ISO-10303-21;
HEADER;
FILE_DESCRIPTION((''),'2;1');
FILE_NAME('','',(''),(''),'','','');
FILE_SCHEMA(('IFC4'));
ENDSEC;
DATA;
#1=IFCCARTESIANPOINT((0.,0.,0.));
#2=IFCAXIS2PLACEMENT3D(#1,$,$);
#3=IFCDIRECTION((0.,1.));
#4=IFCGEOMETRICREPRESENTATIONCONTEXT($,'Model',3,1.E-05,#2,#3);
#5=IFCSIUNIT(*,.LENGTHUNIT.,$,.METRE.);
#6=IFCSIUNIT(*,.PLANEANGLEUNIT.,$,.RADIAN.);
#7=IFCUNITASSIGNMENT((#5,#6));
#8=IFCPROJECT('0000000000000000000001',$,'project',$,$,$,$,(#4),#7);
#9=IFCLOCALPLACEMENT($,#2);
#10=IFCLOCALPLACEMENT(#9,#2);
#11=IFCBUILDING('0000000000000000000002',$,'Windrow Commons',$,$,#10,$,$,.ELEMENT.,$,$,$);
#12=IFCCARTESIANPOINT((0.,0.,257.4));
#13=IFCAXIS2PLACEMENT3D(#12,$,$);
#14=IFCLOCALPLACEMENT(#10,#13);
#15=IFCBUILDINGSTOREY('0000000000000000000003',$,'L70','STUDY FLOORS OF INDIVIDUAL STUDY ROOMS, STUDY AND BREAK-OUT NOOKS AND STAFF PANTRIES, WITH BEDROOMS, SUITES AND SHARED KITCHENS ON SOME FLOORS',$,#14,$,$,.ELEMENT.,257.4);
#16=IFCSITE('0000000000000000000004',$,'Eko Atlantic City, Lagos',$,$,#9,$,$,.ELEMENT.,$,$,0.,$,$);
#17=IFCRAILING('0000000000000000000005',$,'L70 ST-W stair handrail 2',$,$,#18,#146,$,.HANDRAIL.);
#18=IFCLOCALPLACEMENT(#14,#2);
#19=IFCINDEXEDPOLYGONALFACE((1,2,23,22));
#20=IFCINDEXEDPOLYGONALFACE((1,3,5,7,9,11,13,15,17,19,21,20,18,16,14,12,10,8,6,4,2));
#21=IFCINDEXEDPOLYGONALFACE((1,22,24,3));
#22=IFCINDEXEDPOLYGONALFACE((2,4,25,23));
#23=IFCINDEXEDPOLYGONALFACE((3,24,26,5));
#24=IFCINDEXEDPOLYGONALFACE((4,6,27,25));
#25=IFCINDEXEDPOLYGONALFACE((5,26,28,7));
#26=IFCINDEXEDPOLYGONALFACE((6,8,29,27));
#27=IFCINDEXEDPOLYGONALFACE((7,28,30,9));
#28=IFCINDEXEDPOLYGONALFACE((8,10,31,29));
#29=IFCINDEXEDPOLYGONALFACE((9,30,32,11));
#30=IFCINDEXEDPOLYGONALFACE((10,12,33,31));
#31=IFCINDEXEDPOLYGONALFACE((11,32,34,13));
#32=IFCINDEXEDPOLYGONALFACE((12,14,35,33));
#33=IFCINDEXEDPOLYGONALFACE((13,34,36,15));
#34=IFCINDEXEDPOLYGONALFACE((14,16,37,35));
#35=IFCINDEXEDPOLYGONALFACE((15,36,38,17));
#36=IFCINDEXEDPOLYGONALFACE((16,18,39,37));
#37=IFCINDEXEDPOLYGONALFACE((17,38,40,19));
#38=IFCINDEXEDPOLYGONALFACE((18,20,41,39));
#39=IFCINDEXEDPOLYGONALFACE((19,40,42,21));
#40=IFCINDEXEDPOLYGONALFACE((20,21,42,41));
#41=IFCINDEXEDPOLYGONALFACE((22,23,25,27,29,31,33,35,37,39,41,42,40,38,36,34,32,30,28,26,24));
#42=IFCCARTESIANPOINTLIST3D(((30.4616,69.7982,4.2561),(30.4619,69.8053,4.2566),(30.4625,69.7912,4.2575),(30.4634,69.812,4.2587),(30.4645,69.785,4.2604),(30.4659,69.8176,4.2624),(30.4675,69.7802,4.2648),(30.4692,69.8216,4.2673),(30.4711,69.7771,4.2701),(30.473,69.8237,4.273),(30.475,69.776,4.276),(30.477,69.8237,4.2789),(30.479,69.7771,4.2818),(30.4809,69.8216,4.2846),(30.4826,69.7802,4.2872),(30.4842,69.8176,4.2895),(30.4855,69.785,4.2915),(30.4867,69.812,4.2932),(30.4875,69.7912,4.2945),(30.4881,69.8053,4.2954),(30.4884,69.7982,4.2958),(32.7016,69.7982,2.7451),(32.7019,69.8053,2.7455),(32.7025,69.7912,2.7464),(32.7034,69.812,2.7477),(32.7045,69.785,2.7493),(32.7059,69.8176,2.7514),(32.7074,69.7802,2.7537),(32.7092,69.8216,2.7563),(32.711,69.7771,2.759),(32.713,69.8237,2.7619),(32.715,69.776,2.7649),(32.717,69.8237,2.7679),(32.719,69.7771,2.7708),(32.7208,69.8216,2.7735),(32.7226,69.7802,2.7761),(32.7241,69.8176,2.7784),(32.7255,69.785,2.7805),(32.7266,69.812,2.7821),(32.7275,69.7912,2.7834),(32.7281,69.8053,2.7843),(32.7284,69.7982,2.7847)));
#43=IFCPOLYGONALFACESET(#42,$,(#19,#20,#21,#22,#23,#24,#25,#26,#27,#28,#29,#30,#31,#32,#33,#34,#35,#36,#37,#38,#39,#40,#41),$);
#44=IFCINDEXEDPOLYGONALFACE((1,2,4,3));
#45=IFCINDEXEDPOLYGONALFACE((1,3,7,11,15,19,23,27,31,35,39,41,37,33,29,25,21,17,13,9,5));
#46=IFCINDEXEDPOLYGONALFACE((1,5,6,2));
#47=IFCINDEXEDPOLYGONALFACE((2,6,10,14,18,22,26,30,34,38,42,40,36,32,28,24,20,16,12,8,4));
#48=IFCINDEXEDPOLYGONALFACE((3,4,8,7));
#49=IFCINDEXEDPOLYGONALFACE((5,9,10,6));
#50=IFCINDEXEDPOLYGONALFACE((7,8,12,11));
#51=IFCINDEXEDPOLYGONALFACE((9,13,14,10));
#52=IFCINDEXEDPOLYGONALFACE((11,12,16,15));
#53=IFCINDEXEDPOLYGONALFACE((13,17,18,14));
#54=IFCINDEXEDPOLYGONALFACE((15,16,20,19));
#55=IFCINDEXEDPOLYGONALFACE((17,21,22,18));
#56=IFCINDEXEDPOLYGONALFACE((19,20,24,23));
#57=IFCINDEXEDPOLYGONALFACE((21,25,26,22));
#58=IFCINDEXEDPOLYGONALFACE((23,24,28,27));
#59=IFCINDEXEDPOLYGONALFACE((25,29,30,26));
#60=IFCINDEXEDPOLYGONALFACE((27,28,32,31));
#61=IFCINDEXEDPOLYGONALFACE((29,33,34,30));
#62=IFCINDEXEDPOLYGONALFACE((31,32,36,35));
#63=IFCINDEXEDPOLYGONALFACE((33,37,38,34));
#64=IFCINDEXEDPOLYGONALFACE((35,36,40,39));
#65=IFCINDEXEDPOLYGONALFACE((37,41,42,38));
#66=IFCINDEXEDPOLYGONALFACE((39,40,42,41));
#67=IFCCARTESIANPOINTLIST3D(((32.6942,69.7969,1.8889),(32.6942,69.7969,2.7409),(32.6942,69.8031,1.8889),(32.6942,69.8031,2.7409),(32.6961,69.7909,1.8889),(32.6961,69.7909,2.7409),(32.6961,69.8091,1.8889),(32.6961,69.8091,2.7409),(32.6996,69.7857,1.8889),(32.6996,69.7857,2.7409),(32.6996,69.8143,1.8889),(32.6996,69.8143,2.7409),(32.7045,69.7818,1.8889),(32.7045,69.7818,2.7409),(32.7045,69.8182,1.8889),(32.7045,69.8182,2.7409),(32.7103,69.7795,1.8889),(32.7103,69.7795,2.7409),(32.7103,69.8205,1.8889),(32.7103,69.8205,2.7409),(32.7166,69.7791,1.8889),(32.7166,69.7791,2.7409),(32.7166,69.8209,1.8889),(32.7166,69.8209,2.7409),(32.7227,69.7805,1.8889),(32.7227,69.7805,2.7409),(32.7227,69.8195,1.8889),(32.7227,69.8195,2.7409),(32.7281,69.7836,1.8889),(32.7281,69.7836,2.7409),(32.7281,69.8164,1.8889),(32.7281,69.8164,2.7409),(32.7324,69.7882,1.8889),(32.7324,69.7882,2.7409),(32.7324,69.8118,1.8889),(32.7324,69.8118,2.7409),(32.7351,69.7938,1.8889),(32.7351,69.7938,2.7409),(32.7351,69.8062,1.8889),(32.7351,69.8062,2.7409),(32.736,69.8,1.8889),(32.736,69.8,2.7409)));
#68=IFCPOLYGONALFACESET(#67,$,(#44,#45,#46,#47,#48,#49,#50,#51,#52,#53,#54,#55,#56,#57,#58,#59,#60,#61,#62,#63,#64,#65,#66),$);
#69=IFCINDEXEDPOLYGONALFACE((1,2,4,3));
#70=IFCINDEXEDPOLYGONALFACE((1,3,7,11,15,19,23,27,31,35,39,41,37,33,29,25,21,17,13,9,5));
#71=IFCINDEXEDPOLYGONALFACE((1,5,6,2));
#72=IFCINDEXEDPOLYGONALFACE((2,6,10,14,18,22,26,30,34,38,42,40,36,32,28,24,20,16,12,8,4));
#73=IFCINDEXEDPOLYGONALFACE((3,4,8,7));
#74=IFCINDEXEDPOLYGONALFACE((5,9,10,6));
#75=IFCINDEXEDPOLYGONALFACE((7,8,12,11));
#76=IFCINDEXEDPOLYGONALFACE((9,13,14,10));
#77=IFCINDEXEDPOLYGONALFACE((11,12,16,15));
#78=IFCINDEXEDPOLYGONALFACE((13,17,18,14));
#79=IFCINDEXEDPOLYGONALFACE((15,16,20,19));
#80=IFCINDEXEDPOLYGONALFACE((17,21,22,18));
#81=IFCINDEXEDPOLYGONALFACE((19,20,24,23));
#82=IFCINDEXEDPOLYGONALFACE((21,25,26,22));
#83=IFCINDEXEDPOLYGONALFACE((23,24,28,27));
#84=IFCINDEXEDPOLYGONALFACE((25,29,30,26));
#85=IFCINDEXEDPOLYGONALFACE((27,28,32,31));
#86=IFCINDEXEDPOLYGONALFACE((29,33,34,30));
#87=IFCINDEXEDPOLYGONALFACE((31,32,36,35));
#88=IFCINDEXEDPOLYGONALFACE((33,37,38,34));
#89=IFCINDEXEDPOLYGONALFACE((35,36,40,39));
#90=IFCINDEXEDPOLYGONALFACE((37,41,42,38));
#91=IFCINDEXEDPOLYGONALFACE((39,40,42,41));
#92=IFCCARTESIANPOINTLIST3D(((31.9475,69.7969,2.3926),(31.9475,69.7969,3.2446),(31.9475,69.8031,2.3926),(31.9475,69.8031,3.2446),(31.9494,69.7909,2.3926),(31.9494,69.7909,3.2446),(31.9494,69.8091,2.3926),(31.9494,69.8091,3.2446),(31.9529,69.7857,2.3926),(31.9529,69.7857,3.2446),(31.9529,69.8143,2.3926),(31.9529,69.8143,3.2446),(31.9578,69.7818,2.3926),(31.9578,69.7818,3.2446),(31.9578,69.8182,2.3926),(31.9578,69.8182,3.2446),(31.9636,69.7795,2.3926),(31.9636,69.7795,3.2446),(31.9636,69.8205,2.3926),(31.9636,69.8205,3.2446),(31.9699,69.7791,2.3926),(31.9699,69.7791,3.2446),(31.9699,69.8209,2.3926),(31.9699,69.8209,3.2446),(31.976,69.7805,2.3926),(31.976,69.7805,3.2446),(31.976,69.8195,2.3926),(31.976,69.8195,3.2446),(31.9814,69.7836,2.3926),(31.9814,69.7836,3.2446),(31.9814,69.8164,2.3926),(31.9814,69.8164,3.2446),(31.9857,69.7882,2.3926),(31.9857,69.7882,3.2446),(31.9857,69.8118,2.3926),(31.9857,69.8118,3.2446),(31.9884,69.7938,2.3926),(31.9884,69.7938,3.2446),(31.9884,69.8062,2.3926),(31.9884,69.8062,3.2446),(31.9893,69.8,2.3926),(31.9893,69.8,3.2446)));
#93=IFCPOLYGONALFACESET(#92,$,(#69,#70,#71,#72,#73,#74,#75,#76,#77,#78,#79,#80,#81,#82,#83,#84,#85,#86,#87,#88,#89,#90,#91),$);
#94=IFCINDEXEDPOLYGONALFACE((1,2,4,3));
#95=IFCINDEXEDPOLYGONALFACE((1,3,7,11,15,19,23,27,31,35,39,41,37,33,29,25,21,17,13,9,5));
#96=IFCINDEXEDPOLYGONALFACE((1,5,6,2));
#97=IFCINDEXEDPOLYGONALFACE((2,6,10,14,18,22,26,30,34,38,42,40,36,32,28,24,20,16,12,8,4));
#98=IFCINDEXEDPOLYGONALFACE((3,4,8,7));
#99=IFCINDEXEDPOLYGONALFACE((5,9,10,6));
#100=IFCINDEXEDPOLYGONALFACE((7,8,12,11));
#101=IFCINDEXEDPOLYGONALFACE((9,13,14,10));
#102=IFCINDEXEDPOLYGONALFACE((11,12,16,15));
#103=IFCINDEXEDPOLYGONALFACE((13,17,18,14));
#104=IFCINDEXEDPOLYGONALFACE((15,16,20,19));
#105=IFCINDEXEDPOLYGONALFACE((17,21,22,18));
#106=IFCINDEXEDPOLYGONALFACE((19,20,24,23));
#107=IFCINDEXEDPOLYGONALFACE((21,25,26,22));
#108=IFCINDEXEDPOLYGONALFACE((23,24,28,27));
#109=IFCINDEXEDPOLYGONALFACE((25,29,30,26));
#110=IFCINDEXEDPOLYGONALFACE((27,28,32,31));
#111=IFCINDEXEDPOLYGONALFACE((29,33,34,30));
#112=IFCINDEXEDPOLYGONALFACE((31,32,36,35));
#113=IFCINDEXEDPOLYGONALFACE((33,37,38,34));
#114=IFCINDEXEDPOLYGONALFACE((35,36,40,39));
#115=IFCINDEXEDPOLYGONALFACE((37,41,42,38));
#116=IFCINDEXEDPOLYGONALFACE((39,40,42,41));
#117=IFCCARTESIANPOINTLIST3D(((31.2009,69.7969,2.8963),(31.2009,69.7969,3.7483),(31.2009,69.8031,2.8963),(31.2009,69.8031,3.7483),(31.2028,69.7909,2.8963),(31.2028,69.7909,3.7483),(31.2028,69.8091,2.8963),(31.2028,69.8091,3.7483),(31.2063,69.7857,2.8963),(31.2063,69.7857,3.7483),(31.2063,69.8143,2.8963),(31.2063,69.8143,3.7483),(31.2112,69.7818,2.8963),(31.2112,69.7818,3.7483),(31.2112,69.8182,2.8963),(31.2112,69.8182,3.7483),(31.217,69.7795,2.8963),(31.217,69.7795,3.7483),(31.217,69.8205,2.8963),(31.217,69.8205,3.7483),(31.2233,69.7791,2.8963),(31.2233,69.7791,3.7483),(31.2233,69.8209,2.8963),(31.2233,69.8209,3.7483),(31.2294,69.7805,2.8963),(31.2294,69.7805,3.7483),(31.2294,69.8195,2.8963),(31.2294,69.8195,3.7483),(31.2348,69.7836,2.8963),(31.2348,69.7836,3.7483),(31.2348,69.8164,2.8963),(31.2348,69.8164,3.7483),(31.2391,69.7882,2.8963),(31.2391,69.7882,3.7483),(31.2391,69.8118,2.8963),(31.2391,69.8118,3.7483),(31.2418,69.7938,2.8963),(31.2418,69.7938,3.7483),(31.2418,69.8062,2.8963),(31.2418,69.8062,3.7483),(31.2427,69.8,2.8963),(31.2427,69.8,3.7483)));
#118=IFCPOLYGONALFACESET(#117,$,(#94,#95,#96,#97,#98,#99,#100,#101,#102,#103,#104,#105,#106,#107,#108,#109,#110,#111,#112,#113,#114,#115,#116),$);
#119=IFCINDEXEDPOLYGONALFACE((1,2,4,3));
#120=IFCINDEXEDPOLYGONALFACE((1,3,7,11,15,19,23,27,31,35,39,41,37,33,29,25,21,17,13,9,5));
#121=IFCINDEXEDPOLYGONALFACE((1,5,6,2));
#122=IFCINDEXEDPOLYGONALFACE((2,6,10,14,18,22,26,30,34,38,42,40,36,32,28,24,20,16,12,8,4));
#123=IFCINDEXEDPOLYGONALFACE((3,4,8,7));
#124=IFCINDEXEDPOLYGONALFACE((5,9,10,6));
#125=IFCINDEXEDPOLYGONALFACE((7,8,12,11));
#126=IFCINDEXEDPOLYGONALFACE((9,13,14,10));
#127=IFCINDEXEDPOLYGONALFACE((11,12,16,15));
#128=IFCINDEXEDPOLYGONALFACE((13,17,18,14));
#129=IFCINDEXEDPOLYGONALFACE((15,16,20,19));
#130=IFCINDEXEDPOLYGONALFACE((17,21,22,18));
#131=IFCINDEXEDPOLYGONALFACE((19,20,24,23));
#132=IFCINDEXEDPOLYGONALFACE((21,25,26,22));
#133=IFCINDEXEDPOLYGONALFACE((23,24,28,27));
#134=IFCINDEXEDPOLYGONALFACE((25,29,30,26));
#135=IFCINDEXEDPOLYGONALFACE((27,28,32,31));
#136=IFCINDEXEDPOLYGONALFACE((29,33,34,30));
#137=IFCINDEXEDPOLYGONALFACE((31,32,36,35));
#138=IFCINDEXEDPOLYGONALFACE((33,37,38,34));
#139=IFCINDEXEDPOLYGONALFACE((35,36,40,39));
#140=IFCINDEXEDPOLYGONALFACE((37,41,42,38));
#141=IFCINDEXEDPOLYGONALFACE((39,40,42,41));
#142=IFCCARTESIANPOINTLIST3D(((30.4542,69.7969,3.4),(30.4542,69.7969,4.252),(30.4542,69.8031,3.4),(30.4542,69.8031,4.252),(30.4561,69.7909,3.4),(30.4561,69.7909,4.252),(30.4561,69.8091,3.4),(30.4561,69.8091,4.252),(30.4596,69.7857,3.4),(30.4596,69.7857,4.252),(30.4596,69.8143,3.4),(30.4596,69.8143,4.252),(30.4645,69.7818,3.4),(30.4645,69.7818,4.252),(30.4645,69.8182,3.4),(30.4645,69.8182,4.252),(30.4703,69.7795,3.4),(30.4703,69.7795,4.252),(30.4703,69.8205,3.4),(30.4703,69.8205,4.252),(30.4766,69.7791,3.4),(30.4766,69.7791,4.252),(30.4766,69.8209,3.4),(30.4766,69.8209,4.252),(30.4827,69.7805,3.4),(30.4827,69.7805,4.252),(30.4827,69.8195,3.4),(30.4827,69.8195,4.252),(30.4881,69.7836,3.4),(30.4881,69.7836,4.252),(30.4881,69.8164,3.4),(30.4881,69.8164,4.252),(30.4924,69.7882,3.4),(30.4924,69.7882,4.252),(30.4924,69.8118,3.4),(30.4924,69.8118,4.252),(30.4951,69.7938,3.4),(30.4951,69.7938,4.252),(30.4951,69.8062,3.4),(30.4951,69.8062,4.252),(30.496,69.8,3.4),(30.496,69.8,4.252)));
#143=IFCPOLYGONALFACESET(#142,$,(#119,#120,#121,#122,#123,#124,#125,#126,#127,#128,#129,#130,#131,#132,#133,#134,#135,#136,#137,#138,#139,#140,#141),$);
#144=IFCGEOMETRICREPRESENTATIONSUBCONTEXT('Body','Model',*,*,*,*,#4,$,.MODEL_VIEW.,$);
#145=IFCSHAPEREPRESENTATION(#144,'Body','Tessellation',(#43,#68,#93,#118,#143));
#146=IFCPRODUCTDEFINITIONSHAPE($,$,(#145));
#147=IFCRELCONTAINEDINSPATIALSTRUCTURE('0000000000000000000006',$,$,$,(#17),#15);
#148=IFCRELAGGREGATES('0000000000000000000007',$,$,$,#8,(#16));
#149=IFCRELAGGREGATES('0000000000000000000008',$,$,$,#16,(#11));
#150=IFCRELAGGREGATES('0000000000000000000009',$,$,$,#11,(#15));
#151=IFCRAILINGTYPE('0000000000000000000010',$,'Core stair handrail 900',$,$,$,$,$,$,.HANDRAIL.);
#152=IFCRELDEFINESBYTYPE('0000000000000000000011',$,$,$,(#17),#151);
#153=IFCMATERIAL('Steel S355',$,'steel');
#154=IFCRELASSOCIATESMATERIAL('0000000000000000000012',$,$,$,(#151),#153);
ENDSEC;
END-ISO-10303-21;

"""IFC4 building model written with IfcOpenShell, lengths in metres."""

from ifc_helpers import new_model, si_unit, direction, frame, origin, origin_2d, place, context, subcontext, project, spatial, circle, extrude, material, type_object, element, save


model = new_model("IFC4")

# Units and contexts
model_context = context("Model", 3, precision=1e-05, world=origin(), true_north=direction((0.0, 1.0)))
body_context = subcontext(model_context, "Body", "Model", "MODEL_VIEW")
ifc_project = project(units=[si_unit("LENGTHUNIT", "METRE"), si_unit("PLANEANGLEUNIT", "RADIAN")], contexts=[model_context])

# Site, building, storey
site_placement = place(None, origin())
site = spatial("IfcSite", under=ifc_project, at=site_placement, Name="Eko Atlantic City, Lagos", CompositionType="ELEMENT", RefElevation=0.0)
building_placement = place(site_placement, origin())
building = spatial("IfcBuilding", under=site, at=building_placement, Name="Windrow Commons", CompositionType="ELEMENT")
storey_placement = place(building_placement, frame((0.0, 0.0, 257.4)))
storey = spatial("IfcBuildingStorey", under=building, at=storey_placement, Name="L70", Description="STUDY FLOORS OF INDIVIDUAL STUDY ROOMS, STUDY AND BREAK-OUT NOOKS AND STAFF PANTRIES, WITH BEDROOMS, SUITES AND SHARED KITCHENS ON SOME FLOORS", CompositionType="ELEMENT", Elevation=257.4)

# Railing
ifc_material_1 = material(Name="Steel S355", Category="steel")
railing_type_1 = type_object("IfcRailingType", Name="Core stair handrail 900", PredefinedType="HANDRAIL", material=ifc_material_1)
railing_1_placement = place(storey_placement, frame((32.715, 69.8, 1.8889)))
element("IfcRailing", 1, at=railing_1_placement, inside=storey, type_object=railing_type_1, Name="L70 ST-W stair handrail 2", PredefinedType="HANDRAIL", context=body_context, shape_type="SweptSolid", body=[
    extrude(circle(Radius=0.024, at=origin_2d()), frame((0.0, 0.0, 0.876), z_axis=(-0.829003, 0.0, 0.559244), x_axis=(0.0, -1.0, 0.0)), (0.0, 0.0, 1.0), 2.702),
    extrude(circle(Radius=0.021, at=origin_2d()), origin(), (0.0, 0.0, 1.0), 0.852),
    extrude(circle(Radius=0.021, at=origin_2d()), frame((-0.7467, 0.0, 0.5037)), (0.0, 0.0, 1.0), 0.852),
    extrude(circle(Radius=0.021, at=origin_2d()), frame((-1.4933, 0.0, 1.0074)), (0.0, 0.0, 1.0), 0.852),
    extrude(circle(Radius=0.021, at=origin_2d()), frame((-2.24, 0.0, 1.5111)), (0.0, 0.0, 1.0), 0.852),
])

save(model, "model.ifc")
